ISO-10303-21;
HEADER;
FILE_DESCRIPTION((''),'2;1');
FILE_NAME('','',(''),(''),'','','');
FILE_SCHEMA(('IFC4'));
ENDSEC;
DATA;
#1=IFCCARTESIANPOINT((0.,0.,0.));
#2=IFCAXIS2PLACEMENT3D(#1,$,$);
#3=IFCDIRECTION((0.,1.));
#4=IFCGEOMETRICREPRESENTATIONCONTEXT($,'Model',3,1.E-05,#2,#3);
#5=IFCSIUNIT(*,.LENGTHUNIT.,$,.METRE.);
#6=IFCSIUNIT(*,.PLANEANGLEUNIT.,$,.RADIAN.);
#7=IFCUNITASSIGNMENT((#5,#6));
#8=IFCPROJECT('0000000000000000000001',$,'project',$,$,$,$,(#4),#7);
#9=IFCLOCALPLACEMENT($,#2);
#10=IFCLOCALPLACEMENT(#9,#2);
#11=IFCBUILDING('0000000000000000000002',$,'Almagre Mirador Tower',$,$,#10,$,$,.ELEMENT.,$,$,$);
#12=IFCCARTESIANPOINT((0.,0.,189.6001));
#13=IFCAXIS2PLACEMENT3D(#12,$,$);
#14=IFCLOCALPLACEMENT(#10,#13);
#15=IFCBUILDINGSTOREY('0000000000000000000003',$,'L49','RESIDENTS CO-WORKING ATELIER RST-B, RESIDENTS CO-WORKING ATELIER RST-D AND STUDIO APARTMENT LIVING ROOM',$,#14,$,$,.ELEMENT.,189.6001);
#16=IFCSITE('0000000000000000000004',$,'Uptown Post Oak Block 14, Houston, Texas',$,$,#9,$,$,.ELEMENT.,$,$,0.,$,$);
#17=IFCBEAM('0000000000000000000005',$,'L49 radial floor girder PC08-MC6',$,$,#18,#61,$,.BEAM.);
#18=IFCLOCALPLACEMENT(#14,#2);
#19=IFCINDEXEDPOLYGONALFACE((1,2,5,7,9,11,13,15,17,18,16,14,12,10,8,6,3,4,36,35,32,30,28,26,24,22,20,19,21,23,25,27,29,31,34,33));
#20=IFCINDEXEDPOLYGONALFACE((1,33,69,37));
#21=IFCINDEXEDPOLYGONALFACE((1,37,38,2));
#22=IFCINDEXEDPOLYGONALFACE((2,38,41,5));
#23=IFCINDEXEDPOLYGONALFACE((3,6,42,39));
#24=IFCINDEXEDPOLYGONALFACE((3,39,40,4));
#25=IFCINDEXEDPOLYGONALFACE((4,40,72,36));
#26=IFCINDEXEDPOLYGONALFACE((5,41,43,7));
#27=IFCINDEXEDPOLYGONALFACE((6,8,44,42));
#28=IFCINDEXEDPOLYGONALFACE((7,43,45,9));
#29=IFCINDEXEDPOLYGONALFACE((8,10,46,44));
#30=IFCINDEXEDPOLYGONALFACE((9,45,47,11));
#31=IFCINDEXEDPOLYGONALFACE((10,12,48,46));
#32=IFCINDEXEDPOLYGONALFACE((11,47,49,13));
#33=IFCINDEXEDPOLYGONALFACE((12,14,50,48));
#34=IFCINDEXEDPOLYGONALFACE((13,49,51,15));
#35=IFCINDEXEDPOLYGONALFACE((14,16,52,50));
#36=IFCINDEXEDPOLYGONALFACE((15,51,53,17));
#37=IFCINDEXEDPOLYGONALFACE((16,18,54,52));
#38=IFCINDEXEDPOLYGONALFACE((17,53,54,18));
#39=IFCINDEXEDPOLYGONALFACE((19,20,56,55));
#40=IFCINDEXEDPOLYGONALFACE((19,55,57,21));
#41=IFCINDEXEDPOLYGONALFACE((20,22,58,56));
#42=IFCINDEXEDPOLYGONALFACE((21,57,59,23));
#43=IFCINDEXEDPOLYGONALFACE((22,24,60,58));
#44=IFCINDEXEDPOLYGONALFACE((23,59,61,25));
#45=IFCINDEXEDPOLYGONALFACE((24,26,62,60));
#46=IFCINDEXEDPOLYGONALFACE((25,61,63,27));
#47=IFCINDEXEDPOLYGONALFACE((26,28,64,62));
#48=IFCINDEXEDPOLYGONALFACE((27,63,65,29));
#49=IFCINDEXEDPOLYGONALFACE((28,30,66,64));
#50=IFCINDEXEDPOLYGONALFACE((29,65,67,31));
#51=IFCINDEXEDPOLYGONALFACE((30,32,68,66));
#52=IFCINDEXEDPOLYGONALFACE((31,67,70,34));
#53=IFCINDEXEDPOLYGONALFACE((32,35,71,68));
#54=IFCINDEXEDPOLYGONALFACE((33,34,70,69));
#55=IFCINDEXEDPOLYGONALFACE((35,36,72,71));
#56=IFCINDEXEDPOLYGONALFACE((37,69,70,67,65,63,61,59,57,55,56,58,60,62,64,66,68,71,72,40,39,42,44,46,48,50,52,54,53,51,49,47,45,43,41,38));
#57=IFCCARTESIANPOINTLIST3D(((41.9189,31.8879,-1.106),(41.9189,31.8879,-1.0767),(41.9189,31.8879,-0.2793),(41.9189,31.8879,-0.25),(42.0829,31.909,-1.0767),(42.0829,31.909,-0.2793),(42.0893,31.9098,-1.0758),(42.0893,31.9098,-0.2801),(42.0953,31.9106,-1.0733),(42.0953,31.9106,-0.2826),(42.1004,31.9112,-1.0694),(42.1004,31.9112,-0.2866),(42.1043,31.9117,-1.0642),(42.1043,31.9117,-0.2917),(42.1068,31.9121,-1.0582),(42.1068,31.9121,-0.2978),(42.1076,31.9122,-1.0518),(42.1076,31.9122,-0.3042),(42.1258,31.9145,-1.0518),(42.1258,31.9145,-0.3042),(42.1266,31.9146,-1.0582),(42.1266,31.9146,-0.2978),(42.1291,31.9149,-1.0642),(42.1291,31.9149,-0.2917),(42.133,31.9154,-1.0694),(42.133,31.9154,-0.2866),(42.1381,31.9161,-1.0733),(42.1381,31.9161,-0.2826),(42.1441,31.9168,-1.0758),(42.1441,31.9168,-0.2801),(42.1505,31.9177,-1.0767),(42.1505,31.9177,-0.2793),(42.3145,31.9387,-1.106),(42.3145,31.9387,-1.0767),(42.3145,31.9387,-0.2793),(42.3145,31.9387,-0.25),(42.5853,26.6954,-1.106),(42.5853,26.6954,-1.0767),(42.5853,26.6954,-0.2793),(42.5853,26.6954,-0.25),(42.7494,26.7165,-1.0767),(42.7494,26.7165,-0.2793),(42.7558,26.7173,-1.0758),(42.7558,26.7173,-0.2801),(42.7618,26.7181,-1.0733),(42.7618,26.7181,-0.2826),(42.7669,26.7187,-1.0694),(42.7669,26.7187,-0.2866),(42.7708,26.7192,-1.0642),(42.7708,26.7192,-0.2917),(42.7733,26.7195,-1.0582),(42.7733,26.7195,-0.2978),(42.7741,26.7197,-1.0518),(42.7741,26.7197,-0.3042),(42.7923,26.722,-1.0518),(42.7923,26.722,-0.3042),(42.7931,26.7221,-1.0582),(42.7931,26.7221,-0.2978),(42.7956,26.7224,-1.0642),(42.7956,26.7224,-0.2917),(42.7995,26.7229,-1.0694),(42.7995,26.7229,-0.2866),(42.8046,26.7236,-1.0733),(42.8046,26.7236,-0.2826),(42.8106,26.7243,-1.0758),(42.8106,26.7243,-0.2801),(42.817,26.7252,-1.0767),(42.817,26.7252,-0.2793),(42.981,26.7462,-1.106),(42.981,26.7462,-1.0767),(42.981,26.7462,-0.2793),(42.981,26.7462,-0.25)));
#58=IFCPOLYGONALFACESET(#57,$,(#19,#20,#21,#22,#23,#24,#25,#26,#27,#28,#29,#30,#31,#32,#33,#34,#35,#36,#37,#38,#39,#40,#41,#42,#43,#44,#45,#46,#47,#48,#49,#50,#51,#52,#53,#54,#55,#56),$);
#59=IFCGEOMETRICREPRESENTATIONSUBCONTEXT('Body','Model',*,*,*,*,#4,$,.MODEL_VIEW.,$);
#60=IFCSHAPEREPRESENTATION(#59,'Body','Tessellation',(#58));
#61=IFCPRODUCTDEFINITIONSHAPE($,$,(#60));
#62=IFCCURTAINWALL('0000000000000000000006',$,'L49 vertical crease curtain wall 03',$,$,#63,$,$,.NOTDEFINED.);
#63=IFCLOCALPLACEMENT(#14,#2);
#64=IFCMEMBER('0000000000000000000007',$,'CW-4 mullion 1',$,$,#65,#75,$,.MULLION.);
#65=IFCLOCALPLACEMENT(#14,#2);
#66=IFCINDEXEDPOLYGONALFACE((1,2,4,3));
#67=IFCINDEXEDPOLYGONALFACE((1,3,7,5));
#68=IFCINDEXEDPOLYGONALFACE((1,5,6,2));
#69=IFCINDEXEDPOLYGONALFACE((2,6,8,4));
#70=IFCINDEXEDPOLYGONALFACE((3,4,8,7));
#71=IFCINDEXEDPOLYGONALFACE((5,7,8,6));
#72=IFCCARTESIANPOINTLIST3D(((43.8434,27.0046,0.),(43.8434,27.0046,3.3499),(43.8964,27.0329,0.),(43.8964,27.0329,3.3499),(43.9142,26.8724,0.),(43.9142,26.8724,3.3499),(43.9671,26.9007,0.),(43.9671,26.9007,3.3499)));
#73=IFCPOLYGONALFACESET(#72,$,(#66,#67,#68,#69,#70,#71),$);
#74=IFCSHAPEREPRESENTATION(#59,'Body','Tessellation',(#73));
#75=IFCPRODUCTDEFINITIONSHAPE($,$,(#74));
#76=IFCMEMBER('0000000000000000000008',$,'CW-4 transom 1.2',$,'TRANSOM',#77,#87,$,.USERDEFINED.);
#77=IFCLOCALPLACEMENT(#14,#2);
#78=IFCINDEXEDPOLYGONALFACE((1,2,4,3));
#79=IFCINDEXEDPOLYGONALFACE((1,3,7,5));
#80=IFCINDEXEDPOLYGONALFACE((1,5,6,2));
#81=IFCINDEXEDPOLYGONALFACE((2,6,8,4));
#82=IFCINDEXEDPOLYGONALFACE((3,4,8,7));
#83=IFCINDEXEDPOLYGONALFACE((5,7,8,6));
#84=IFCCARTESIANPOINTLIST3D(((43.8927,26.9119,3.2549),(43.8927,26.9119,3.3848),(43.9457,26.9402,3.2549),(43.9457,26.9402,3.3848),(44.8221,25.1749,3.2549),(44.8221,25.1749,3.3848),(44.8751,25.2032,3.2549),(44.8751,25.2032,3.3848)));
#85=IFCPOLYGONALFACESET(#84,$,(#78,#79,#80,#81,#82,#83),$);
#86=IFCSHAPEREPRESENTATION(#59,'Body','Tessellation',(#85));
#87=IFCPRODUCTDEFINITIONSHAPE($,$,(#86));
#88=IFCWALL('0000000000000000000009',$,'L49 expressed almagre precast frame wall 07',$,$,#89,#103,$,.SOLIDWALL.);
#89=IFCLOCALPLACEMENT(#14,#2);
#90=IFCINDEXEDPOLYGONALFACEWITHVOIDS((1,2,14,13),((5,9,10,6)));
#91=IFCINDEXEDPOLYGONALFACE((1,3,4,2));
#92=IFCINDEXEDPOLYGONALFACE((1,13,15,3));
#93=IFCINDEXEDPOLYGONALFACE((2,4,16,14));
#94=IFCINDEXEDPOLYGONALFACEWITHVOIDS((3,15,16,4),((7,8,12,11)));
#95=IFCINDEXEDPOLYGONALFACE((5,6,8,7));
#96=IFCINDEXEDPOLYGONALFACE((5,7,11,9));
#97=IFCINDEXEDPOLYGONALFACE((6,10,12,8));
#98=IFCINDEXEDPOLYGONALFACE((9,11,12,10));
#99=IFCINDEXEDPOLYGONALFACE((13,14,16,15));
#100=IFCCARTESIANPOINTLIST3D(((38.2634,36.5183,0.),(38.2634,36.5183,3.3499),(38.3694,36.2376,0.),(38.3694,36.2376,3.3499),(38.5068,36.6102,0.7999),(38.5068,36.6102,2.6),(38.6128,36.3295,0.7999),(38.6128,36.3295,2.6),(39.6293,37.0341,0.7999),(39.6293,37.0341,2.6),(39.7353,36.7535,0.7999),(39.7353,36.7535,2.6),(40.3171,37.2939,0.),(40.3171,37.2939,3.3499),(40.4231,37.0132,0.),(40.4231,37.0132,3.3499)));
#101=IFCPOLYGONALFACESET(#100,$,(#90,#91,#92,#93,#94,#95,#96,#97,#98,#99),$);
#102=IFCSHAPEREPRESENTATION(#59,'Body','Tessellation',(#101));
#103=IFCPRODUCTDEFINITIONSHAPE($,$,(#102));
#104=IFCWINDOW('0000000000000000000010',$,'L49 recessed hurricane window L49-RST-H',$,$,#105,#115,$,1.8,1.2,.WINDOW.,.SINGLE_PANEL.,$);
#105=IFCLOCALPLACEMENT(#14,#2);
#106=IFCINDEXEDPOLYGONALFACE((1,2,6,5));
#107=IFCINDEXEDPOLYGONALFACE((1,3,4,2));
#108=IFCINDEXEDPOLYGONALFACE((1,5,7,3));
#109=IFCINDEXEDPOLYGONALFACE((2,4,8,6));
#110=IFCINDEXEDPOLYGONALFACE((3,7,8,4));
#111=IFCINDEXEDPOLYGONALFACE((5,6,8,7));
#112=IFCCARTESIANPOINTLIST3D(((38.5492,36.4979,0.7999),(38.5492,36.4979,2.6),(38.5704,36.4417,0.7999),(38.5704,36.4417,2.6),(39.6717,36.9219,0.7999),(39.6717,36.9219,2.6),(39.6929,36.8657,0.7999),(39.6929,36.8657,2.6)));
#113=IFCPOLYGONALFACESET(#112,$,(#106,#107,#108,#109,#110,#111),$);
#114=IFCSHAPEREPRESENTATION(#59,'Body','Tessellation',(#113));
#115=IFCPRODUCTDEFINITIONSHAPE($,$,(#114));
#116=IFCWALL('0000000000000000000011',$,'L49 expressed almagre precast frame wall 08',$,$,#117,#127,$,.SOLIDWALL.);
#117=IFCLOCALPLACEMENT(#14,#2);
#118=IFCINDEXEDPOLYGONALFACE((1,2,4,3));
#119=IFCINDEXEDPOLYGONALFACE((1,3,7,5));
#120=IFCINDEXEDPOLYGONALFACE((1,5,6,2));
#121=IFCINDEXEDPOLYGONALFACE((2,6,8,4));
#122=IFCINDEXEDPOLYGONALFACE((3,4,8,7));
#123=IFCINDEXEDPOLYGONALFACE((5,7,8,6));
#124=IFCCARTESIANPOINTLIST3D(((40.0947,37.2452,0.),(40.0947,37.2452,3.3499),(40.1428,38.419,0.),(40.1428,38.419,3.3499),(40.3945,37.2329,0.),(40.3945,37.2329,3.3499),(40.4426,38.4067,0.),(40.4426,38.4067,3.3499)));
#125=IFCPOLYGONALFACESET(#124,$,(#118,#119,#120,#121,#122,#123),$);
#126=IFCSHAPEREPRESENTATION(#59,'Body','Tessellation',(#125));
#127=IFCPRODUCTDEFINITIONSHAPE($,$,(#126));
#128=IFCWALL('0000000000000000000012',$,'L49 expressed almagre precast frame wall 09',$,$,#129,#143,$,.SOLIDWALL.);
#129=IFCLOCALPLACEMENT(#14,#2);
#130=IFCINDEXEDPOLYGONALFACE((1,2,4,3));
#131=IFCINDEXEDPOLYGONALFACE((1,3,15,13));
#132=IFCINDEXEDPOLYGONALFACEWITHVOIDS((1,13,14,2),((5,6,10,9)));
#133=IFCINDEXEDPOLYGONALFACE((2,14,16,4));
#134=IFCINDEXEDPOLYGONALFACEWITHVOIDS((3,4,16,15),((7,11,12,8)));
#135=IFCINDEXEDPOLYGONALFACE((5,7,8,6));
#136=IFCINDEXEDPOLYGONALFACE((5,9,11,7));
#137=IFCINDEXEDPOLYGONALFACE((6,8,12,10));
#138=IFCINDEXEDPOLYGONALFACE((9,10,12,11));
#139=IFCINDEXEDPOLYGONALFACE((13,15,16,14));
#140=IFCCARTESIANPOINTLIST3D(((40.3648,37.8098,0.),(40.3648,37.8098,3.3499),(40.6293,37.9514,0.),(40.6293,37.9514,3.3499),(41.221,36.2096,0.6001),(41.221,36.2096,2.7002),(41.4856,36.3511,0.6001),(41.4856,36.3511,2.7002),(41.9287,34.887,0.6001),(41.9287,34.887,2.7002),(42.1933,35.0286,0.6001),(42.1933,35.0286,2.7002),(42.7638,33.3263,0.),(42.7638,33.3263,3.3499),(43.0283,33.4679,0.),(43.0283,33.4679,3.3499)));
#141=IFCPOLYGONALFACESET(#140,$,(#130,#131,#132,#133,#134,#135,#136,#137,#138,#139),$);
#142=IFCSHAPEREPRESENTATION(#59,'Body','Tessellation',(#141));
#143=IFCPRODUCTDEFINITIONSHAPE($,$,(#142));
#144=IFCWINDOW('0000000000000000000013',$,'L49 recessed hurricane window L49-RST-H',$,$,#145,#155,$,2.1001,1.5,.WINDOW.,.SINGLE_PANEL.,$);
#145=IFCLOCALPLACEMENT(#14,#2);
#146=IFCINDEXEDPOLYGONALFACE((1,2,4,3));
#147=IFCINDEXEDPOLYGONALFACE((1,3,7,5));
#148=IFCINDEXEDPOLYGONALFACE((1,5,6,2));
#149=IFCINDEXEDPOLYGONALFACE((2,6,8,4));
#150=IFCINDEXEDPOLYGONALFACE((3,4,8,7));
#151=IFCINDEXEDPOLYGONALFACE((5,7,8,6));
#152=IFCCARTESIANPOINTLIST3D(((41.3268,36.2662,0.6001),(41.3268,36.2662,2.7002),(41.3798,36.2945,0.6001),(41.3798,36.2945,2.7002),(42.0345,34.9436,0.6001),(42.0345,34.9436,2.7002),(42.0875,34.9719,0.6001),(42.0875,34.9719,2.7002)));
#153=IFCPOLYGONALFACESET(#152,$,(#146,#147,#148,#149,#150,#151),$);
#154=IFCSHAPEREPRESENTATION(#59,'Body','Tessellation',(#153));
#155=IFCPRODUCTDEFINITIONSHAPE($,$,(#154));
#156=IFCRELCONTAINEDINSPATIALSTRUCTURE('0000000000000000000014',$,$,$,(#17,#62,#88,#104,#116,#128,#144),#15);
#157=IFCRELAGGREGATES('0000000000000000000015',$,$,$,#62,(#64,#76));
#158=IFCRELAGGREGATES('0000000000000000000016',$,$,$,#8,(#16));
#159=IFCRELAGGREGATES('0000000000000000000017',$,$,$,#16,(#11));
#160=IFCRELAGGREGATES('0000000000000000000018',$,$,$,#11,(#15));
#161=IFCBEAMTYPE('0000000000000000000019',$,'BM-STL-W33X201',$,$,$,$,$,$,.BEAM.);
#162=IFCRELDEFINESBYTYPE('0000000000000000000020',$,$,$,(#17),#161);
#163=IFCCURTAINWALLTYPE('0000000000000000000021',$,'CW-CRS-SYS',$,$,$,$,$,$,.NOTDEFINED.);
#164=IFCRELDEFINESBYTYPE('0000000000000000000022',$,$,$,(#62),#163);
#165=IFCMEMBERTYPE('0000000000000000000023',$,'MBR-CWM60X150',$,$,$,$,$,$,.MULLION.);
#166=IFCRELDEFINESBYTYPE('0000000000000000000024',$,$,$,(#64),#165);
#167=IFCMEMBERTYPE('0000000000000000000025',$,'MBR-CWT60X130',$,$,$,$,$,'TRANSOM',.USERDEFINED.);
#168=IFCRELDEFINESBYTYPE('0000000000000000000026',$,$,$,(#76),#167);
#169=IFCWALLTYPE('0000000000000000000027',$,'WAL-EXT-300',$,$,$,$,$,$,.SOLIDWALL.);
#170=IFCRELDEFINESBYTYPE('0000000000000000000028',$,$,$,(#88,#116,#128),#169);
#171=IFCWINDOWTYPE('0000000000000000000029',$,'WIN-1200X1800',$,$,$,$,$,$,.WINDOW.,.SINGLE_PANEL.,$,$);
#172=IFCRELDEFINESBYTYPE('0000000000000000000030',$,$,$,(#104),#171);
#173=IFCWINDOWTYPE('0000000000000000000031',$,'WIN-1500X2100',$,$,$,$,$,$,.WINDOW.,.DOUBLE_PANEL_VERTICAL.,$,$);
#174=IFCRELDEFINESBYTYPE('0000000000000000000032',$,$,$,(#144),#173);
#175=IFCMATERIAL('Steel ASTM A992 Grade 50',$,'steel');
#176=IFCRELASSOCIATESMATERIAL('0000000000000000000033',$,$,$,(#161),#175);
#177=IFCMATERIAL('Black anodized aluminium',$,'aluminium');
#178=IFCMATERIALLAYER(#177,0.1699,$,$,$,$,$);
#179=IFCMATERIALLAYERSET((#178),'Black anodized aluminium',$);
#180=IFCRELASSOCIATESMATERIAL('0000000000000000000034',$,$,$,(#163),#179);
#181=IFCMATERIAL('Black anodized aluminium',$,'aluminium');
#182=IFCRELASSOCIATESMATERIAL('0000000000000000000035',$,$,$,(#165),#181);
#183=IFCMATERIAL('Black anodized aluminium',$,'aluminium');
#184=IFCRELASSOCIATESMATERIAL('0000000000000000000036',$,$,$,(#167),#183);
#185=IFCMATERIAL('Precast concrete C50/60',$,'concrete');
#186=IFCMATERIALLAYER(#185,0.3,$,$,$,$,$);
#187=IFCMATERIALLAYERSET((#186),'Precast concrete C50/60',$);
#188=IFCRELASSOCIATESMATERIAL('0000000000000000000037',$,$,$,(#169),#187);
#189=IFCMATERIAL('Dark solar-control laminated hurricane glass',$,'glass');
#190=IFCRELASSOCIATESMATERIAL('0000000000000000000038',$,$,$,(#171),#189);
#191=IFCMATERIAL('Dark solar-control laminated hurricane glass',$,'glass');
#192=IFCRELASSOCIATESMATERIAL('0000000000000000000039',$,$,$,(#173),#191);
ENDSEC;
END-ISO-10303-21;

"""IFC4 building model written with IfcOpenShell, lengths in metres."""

from ifc_helpers import new_model, si_unit, direction, frame, frame_2d, origin, origin_2d, place, context, subcontext, project, spatial, rectangle, i_section, extrude, material, layer, layer_set, material_profile, profile_set, type_object, element, fill, aggregate, save


model = new_model("IFC4")

# Units and contexts
model_context = context("Model", 3, precision=1e-05, world=origin(), true_north=direction((0.0, 1.0)))
body_context = subcontext(model_context, "Body", "Model", "MODEL_VIEW")
ifc_project = project(units=[si_unit("LENGTHUNIT", "METRE"), si_unit("PLANEANGLEUNIT", "RADIAN")], contexts=[model_context])

# Site, building, storey
site_placement = place(None, origin())
site = spatial("IfcSite", under=ifc_project, at=site_placement, Name="Uptown Post Oak Block 14, Houston, Texas", CompositionType="ELEMENT", RefElevation=0.0)
building_placement = place(site_placement, origin())
building = spatial("IfcBuilding", under=site, at=building_placement, Name="Almagre Mirador Tower", CompositionType="ELEMENT")
storey_placement = place(building_placement, frame((0.0, 0.0, 189.6001)))
storey = spatial("IfcBuildingStorey", under=building, at=storey_placement, Name="L49", Description="RESIDENTS CO-WORKING ATELIER RST-B, RESIDENTS CO-WORKING ATELIER RST-D AND STUDIO APARTMENT LIVING ROOM", CompositionType="ELEMENT", Elevation=189.6001)

# Beam
ifc_material_1 = material(Name="Steel ASTM A992 Grade 50", Category="steel")
ifc_material_profile_1 = material_profile(ifc_material_1, i_section(OverallWidth=0.3989, OverallDepth=0.856, WebThickness=0.0183, FlangeThickness=0.0293, FilletRadius=0.0249, at=origin_2d()), Name="W33X201")
ifc_profile_set_1 = profile_set([ifc_material_profile_1], Name="Steel ASTM A992 Grade 50")
beam_type_1 = type_object("IfcBeamType", Name="BM-STL-W33X201", PredefinedType="BEAM", material=ifc_profile_set_1)
beam_1_placement = place(storey_placement, frame((42.1167, 31.9133, -0.678), z_axis=(0.127311, -0.991863, 0.0), x_axis=(0.991863, 0.127311, 0.0)))
element("IfcBeam", 1, at=beam_1_placement, inside=storey, type_object=beam_type_1, Name="L49 radial floor girder PC08-MC6", PredefinedType="BEAM", context=body_context, shape_type="SweptSolid", body=[
    extrude(i_section(OverallWidth=0.3989, OverallDepth=0.856, WebThickness=0.0183, FlangeThickness=0.0293, FilletRadius=0.0249, at=origin_2d()), origin(), (0.0, 0.0, 1.0), 5.2351),
])

# Curtain wall, members
ifc_material_2 = material(Name="Black anodized aluminium", Category="aluminium")
ifc_layer_1 = layer(ifc_material_2, 0.1699)
ifc_layer_set_1 = layer_set([ifc_layer_1], Name="Black anodized aluminium")
curtain_wall_type = type_object("IfcCurtainWallType", Name="CW-CRS-SYS", PredefinedType="NOTDEFINED", material=ifc_layer_set_1)
curtain_wall_placement = place(storey_placement, origin())
curtain_wall = element("IfcCurtainWall", 2, at=curtain_wall_placement, inside=storey, type_object=curtain_wall_type, Name="L49 vertical crease curtain wall 03", PredefinedType="NOTDEFINED")
ifc_material_3 = material(Name="Black anodized aluminium", Category="aluminium")
ifc_material_profile_2 = material_profile(ifc_material_3, rectangle(XDim=0.0601, YDim=0.1499, at=origin_2d()), Name="CWM60X150")
ifc_profile_set_2 = profile_set([ifc_material_profile_2], Name="Black anodized aluminium")
member_type_1 = type_object("IfcMemberType", Name="MBR-CWM60X150", PredefinedType="MULLION", material=ifc_profile_set_2)
member_1_placement = place(storey_placement, frame((43.9053, 26.9526, 0.0), z_axis=(0.0, 0.0, 1.0), x_axis=(0.881743, 0.47173, 0.0)))
member_1 = element("IfcMember", 3, at=member_1_placement, type_object=member_type_1, Name="CW-4 mullion 1", PredefinedType="MULLION", context=body_context, shape_type="SweptSolid", body=[
    extrude(rectangle(XDim=0.0601, YDim=0.1499, at=origin_2d()), origin(), (0.0, 0.0, 1.0), 3.3499),
])
ifc_material_4 = material(Name="Black anodized aluminium", Category="aluminium")
ifc_material_profile_3 = material_profile(ifc_material_4, rectangle(XDim=0.0601, YDim=0.1299, at=origin_2d()), Name="CWT60X130")
ifc_profile_set_3 = profile_set([ifc_material_profile_3], Name="Black anodized aluminium")
member_type_2 = type_object("IfcMemberType", Name="MBR-CWT60X130", ElementType="TRANSOM", PredefinedType="USERDEFINED", material=ifc_profile_set_3)
member_2_placement = place(storey_placement, frame((43.9192, 26.926, 3.3198), z_axis=(0.471778, -0.881718, 0.0), x_axis=(0.881718, 0.471778, 0.0)))
member_2 = element("IfcMember", 4, at=member_2_placement, type_object=member_type_2, Name="CW-4 transom 1.2", ObjectType="TRANSOM", PredefinedType="USERDEFINED", context=body_context, shape_type="SweptSolid", body=[
    extrude(rectangle(XDim=0.0601, YDim=0.1299, at=origin_2d()), origin(), (0.0, 0.0, 1.0), 1.97),
])
aggregate(curtain_wall, [member_1, member_2])

# Wall, opening, window
ifc_material_5 = material(Name="Precast concrete C50/60", Category="concrete")
ifc_layer_2 = layer(ifc_material_5, 0.3)
ifc_layer_set_2 = layer_set([ifc_layer_2], Name="Precast concrete C50/60")
wall_type_1 = type_object("IfcWallType", Name="WAL-EXT-300", PredefinedType="SOLIDWALL", material=ifc_layer_set_2)
wall_1_placement = place(storey_placement, frame((38.3164, 36.3779, 0.0), z_axis=(0.0, 0.0, 1.0), x_axis=(0.935504, 0.353316, 0.0)))
wall_1 = element("IfcWall", 5, at=wall_1_placement, inside=storey, type_object=wall_type_1, Name="L49 expressed almagre precast frame wall 07", PredefinedType="SOLIDWALL", context=body_context, shape_type="SweptSolid", body=[
    extrude(rectangle(XDim=2.1953, YDim=0.3, at=frame_2d((1.0977, 0.0))), origin(), (0.0, 0.0, 1.0), 3.3499),
])
opening_1_placement = place(wall_1_placement, frame((0.26, 0.0, 0.8)))
opening_1 = element("IfcOpeningElement", 6, at=opening_1_placement, cuts=wall_1, PredefinedType="OPENING", context=body_context, shape_type="SweptSolid", body=[
    extrude(rectangle(XDim=1.2, YDim=1.8, at=frame_2d((0.6001, 0.8999))), frame((0.0, 0.1599, 0.0), z_axis=(0.0, -1.0, 0.0), x_axis=(1.0, 0.0, 0.0)), (0.0, 0.0, 1.0), 0.32),
])
ifc_material_6 = material(Name="Dark solar-control laminated hurricane glass", Category="glass")
window_type_1 = type_object("IfcWindowType", Name="WIN-1200X1800", PartitioningType="SINGLE_PANEL", PredefinedType="WINDOW", material=ifc_material_6)
window_1_placement = place(opening_1_placement, origin())
window_1 = element("IfcWindow", 7, at=window_1_placement, inside=storey, type_object=window_type_1, Name="L49 recessed hurricane window L49-RST-H", OverallHeight=1.8, OverallWidth=1.2, PartitioningType="SINGLE_PANEL", PredefinedType="WINDOW", context=body_context, shape_type="SweptSolid", body=[
    extrude(rectangle(XDim=1.2, YDim=1.8, at=frame_2d((0.6001, 0.8999))), frame((0.0, 0.03, 0.0), z_axis=(0.0, -1.0, 0.0), x_axis=(1.0, 0.0, 0.0)), (0.0, 0.0, 1.0), 0.0601),
])
fill(opening_1, window_1)

# Wall
wall_2_placement = place(storey_placement, frame((40.2446, 37.239, 0.0), z_axis=(0.0, 0.0, 1.0), x_axis=(0.040939, 0.999162, 0.0)))
element("IfcWall", 8, at=wall_2_placement, inside=storey, type_object=wall_type_1, Name="L49 expressed almagre precast frame wall 08", PredefinedType="SOLIDWALL", context=body_context, shape_type="SweptSolid", body=[
    extrude(rectangle(XDim=1.1748, YDim=0.3, at=frame_2d((0.5874, 0.0))), origin(), (0.0, 0.0, 1.0), 3.3499),
])

# Wall, opening, window
wall_3_placement = place(storey_placement, frame((40.4971, 37.8806, 0.0), z_axis=(0.0, 0.0, 1.0), x_axis=(0.471779, -0.881717, 0.0)))
wall_3 = element("IfcWall", 9, at=wall_3_placement, inside=storey, type_object=wall_type_1, Name="L49 expressed almagre precast frame wall 09", PredefinedType="SOLIDWALL", context=body_context, shape_type="SweptSolid", body=[
    extrude(rectangle(XDim=5.085, YDim=0.3, at=frame_2d((2.5425, 0.0))), origin(), (0.0, 0.0, 1.0), 3.3499),
])
opening_2_placement = place(wall_3_placement, frame((1.8149, 0.0, 0.6001)))
opening_2 = element("IfcOpeningElement", 10, at=opening_2_placement, cuts=wall_3, PredefinedType="OPENING", context=body_context, shape_type="SweptSolid", body=[
    extrude(rectangle(XDim=1.5, YDim=2.1001, at=frame_2d((0.75, 1.05))), frame((0.0, 0.1599, 0.0), z_axis=(0.0, -1.0, 0.0), x_axis=(1.0, 0.0, 0.0)), (0.0, 0.0, 1.0), 0.32),
])
ifc_material_7 = material(Name="Dark solar-control laminated hurricane glass", Category="glass")
window_type_2 = type_object("IfcWindowType", Name="WIN-1500X2100", PartitioningType="DOUBLE_PANEL_VERTICAL", PredefinedType="WINDOW", material=ifc_material_7)
window_2_placement = place(opening_2_placement, origin())
window_2 = element("IfcWindow", 11, at=window_2_placement, inside=storey, type_object=window_type_2, Name="L49 recessed hurricane window L49-RST-H", OverallHeight=2.1001, OverallWidth=1.5, PartitioningType="SINGLE_PANEL", PredefinedType="WINDOW", context=body_context, shape_type="SweptSolid", body=[
    extrude(rectangle(XDim=1.5, YDim=2.1001, at=frame_2d((0.75, 1.05))), frame((0.0, 0.03, 0.0), z_axis=(0.0, -1.0, 0.0), x_axis=(1.0, 0.0, 0.0)), (0.0, 0.0, 1.0), 0.0601),
])
fill(opening_2, window_2)

save(model, "model.ifc")
